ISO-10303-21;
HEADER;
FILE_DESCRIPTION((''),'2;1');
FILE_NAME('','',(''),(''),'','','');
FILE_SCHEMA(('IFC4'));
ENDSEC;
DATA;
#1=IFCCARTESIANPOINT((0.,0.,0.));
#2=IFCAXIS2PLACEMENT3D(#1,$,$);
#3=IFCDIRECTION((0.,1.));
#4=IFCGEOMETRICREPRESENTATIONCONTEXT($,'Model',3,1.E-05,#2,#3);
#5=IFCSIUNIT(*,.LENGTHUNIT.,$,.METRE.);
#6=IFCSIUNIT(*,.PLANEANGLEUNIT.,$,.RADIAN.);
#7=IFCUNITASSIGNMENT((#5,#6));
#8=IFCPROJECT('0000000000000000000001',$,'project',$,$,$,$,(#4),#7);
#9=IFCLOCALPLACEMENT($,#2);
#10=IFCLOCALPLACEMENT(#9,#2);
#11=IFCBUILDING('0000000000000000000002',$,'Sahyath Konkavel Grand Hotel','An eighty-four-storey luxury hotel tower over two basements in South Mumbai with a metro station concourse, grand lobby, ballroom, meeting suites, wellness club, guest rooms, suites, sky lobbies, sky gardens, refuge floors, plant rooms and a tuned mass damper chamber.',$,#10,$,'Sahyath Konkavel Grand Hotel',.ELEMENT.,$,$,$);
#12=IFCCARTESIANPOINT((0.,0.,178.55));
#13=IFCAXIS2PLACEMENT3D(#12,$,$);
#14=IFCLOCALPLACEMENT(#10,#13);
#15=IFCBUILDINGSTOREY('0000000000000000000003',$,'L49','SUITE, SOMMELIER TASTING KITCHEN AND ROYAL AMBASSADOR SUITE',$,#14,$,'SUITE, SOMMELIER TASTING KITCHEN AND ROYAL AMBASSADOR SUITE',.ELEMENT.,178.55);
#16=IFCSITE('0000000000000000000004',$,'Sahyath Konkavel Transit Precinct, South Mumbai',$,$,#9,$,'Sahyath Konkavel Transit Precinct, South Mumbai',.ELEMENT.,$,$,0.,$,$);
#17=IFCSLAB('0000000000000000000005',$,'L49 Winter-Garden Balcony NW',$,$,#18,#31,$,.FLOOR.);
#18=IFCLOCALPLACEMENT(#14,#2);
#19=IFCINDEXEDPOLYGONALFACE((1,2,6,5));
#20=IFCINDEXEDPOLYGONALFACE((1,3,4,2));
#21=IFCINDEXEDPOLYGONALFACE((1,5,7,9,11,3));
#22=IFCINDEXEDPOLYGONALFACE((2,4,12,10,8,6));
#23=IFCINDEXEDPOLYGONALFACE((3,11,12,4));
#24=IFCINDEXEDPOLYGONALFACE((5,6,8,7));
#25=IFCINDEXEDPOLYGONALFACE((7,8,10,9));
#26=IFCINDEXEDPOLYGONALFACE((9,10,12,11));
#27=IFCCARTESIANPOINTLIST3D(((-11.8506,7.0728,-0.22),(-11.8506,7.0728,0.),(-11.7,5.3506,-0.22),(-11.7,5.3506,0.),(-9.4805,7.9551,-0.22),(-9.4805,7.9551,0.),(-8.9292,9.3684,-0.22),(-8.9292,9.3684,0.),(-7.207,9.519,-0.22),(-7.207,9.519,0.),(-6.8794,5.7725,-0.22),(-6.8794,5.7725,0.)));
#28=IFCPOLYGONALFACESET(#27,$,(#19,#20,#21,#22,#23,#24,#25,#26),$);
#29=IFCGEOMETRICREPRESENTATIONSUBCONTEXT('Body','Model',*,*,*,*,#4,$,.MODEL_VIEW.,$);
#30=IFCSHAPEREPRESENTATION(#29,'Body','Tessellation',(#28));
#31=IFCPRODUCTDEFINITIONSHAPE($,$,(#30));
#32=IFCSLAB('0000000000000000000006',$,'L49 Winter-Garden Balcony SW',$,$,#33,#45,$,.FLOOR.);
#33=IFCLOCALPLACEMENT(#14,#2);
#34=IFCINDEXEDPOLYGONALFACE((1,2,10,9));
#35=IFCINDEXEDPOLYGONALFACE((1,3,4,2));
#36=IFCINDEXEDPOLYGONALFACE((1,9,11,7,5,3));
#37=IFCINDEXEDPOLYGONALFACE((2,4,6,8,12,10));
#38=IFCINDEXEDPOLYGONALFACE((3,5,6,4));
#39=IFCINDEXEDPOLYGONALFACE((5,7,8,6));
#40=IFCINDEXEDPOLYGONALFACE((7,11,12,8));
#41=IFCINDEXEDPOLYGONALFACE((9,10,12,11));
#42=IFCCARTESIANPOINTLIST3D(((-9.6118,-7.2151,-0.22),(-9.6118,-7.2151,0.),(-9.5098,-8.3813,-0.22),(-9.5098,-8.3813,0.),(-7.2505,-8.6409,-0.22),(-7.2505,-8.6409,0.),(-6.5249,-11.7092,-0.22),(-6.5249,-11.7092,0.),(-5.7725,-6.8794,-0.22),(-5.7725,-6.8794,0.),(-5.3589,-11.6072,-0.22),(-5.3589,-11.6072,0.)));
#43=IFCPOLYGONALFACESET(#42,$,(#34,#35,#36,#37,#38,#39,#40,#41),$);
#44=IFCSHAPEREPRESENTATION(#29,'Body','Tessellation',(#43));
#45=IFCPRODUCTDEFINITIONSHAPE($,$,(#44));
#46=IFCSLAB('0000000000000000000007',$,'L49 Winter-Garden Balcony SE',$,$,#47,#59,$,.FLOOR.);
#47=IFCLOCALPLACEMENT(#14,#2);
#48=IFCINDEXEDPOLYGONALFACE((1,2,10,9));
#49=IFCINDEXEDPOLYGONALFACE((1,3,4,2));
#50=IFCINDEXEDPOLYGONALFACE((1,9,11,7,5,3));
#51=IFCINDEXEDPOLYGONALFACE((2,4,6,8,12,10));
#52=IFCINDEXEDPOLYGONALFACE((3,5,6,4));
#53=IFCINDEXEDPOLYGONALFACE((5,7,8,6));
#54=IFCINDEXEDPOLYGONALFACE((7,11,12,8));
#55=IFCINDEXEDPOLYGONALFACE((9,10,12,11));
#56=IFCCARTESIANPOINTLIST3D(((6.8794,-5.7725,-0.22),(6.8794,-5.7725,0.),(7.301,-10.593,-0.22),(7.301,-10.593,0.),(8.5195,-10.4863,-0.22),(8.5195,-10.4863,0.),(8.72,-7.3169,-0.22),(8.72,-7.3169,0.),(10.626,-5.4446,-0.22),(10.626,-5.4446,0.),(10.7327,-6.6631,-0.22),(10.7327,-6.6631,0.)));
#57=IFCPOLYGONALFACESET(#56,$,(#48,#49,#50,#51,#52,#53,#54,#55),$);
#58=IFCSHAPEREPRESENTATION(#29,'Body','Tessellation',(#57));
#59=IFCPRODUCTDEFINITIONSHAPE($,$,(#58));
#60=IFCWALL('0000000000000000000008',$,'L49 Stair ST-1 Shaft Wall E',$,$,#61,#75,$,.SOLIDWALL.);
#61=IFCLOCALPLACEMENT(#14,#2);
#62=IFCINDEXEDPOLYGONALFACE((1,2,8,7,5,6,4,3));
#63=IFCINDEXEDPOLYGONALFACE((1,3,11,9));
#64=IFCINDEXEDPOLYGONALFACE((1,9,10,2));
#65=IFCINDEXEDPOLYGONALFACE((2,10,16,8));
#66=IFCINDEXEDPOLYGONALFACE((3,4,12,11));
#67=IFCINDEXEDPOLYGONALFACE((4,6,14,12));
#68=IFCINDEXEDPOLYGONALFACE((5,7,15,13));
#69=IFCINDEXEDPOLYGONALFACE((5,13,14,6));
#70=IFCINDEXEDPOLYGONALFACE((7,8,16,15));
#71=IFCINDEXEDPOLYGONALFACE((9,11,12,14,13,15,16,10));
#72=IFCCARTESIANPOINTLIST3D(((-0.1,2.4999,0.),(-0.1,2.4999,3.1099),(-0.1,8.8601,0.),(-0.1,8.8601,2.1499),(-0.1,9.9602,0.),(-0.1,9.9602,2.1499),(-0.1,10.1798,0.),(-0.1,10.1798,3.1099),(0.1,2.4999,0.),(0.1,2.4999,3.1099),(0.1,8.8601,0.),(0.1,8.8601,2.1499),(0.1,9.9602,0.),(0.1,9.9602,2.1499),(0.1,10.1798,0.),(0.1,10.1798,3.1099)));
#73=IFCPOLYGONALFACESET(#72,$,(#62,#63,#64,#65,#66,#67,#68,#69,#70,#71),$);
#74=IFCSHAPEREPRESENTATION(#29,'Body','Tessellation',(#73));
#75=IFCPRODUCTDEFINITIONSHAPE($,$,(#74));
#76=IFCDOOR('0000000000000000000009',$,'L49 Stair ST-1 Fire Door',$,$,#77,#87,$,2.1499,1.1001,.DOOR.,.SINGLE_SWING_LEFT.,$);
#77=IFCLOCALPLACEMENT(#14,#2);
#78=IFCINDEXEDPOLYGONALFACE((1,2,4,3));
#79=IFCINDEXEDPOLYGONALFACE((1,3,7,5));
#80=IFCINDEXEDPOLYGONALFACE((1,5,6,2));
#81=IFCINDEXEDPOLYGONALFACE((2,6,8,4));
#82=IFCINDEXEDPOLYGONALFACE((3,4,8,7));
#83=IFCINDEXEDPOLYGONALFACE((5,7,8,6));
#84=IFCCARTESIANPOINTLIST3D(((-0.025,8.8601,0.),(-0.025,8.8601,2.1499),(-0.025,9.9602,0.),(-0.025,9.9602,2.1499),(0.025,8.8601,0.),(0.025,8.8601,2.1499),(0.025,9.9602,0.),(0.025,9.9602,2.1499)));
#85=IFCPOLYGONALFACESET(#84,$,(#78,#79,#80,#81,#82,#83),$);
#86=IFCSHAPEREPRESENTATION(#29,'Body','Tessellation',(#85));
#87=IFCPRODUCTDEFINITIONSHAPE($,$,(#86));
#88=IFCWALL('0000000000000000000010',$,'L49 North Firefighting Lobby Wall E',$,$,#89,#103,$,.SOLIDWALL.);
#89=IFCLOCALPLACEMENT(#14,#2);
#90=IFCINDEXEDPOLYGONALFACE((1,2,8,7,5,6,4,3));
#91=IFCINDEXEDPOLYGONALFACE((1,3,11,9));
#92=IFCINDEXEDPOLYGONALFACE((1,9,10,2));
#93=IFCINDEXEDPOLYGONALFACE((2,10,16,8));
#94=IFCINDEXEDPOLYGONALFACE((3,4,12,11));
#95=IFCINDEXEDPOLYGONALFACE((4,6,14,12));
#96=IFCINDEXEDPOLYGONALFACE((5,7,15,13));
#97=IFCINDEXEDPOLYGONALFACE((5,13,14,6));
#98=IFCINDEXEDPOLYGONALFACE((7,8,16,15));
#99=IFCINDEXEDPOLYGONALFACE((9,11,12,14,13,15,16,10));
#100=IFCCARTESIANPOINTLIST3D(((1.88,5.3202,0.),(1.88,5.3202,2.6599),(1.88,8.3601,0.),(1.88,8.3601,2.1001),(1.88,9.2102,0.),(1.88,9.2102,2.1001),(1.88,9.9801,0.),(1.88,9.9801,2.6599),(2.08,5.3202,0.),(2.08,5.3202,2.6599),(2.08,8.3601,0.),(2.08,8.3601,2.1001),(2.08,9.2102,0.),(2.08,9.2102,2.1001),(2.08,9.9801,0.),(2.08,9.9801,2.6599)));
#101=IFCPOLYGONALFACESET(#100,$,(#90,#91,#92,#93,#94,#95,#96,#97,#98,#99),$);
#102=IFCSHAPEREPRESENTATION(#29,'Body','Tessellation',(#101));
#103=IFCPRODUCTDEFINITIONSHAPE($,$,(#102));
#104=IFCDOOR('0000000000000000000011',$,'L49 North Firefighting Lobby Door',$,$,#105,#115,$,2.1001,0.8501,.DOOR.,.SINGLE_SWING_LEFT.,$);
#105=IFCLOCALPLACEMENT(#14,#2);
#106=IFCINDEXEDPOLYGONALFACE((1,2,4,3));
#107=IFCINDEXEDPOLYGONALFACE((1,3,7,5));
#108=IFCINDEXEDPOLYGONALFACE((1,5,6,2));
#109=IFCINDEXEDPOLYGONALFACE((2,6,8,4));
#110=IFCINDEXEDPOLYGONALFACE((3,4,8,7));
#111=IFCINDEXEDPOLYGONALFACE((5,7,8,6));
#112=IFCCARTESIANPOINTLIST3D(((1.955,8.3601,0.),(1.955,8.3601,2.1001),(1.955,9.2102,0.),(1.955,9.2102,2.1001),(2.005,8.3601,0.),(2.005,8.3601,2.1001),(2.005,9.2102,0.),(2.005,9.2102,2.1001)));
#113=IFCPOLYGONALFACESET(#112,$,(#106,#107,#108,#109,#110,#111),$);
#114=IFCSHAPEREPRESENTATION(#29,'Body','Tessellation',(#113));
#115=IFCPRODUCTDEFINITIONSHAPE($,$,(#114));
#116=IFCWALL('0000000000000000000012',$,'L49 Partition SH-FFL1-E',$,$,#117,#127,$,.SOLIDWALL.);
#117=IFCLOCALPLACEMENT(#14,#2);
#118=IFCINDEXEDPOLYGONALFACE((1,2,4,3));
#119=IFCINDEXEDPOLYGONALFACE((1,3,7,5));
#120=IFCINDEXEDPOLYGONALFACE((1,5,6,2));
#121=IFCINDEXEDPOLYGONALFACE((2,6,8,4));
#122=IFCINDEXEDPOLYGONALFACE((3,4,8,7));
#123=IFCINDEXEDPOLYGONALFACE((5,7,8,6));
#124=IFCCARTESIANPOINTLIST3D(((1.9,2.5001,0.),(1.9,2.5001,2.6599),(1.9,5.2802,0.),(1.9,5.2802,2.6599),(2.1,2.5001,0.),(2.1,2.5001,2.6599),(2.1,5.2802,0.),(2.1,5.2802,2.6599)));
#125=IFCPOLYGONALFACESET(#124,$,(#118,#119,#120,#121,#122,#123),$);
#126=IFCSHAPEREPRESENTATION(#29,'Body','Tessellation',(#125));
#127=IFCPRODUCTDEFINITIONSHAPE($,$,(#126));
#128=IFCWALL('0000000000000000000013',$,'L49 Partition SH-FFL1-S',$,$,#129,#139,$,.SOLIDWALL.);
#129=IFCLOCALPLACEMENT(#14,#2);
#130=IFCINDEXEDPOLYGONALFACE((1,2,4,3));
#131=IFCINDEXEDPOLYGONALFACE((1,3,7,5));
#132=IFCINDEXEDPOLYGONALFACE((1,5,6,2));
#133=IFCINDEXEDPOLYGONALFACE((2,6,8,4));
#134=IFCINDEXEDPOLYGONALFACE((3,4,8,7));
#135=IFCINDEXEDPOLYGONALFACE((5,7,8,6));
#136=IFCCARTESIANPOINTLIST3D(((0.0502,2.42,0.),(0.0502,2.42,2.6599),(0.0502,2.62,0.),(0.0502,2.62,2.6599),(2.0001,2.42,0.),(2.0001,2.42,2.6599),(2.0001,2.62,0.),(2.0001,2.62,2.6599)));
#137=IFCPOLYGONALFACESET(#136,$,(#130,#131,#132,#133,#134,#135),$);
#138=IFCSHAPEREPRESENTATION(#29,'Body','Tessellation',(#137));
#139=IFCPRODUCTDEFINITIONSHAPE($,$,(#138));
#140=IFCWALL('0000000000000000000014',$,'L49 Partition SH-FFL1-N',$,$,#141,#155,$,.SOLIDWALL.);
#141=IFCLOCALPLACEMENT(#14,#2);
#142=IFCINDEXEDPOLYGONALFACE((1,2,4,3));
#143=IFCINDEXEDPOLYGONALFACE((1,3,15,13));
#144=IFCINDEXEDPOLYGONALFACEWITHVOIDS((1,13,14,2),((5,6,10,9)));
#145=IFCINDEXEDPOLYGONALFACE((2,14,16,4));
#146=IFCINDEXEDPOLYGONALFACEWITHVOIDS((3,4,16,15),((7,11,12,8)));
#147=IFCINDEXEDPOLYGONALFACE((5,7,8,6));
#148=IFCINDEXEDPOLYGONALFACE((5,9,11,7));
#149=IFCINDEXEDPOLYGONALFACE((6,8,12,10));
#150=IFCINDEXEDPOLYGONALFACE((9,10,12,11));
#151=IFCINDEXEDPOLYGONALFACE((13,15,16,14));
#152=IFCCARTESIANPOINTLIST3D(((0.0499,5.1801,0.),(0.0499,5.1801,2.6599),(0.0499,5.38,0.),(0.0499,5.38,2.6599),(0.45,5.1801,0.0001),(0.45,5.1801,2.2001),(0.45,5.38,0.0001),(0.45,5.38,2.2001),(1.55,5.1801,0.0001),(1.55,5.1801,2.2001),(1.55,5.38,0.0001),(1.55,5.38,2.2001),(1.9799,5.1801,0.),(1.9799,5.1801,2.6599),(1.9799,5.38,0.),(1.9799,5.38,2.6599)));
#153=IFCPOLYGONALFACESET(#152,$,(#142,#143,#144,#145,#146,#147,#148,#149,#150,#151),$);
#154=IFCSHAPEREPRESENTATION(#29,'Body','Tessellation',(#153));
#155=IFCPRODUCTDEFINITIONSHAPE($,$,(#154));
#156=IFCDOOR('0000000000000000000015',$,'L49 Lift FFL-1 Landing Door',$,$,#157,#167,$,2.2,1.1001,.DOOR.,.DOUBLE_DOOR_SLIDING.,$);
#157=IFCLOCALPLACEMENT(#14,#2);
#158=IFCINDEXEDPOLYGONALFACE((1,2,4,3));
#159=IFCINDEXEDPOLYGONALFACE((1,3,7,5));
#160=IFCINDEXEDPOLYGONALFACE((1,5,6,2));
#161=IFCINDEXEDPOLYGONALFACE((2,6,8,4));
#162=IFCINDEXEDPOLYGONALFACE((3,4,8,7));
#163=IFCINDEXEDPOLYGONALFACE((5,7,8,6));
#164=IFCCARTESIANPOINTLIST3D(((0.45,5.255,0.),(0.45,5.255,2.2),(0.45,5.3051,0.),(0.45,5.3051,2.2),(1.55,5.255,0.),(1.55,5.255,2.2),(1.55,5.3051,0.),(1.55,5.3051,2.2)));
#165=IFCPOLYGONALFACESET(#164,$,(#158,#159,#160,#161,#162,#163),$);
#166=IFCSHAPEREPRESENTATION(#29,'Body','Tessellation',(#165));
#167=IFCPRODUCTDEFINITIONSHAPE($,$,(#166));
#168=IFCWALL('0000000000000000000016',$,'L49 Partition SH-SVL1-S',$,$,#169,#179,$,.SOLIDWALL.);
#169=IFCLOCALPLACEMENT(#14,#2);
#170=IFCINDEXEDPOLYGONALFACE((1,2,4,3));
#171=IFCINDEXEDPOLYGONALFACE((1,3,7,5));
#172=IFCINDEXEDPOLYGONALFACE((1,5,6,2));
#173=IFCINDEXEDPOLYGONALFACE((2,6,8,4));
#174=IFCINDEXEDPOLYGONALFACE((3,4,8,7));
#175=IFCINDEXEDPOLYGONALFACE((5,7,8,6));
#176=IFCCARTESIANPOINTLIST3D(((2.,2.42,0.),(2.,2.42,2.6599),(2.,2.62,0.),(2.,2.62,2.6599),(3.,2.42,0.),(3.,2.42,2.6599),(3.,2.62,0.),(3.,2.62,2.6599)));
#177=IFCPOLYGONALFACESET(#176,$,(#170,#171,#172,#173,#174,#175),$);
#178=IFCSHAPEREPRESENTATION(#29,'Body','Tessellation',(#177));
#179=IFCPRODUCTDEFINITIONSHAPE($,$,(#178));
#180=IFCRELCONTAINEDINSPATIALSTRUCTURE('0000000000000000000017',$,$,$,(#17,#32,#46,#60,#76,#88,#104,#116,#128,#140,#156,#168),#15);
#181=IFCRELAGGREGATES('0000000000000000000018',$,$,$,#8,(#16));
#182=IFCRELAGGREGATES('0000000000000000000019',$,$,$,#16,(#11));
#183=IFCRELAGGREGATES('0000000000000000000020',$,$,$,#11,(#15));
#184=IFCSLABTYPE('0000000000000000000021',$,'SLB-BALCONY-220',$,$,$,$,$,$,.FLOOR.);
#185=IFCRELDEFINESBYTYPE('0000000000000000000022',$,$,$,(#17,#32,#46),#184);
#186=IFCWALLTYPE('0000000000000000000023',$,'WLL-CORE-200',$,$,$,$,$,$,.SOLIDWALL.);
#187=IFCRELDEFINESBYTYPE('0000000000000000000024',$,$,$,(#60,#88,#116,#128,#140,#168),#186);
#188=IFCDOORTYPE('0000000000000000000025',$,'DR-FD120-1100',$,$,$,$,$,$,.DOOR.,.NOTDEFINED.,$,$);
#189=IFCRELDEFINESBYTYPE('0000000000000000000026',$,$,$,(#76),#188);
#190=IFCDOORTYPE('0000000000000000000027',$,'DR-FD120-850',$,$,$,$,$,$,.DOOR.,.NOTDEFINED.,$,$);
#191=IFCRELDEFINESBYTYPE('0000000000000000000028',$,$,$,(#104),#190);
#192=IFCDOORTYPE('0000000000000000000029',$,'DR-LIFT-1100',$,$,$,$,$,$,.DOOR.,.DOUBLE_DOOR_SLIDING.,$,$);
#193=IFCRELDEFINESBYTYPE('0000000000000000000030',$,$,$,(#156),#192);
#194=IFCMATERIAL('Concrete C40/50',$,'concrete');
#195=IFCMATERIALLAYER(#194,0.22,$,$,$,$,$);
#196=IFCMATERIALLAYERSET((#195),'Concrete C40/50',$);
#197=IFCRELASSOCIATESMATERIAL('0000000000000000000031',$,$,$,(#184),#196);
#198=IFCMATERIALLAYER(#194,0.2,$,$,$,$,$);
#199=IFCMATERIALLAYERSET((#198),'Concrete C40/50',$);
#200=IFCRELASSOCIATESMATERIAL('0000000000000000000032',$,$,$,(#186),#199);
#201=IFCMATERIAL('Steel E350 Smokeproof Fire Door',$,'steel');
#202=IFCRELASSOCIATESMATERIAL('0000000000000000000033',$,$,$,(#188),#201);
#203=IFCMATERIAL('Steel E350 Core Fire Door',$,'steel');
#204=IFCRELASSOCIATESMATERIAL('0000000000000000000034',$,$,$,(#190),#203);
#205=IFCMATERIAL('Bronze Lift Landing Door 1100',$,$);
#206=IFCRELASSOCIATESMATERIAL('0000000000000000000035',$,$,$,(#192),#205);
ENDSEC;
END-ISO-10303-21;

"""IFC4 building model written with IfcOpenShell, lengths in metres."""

from ifc_helpers import new_model, si_unit, direction, frame, frame_2d, origin, origin_2d, place, context, subcontext, project, spatial, polyline, rectangle, outline, extrude, source, transform, mapped, material, layer, layer_set, type_object, element, fill, save


model = new_model("IFC4")

# Units and contexts
model_context = context("Model", 3, precision=1e-05, world=origin(), true_north=direction((0.0, 1.0)))
body_context = subcontext(model_context, "Body", "Model", "MODEL_VIEW")
ifc_project = project(units=[si_unit("LENGTHUNIT", "METRE"), si_unit("PLANEANGLEUNIT", "RADIAN")], contexts=[model_context])

# Site, building, storey
site_placement = place(None, origin())
site = spatial("IfcSite", under=ifc_project, at=site_placement, Name="Sahyath Konkavel Transit Precinct, South Mumbai", LongName="Sahyath Konkavel Transit Precinct, South Mumbai", CompositionType="ELEMENT", RefElevation=0.0)
building_placement = place(site_placement, origin())
building = spatial("IfcBuilding", under=site, at=building_placement, Name="Sahyath Konkavel Grand Hotel", Description="An eighty-four-storey luxury hotel tower over two basements in South Mumbai with a metro station concourse, grand lobby, ballroom, meeting suites, wellness club, guest rooms, suites, sky lobbies, sky gardens, refuge floors, plant rooms and a tuned mass damper chamber.", LongName="Sahyath Konkavel Grand Hotel", CompositionType="ELEMENT")
storey_placement = place(building_placement, frame((0.0, 0.0, 178.55)))
storey = spatial("IfcBuildingStorey", under=building, at=storey_placement, Name="L49", Description="SUITE, SOMMELIER TASTING KITCHEN AND ROYAL AMBASSADOR SUITE", LongName="SUITE, SOMMELIER TASTING KITCHEN AND ROYAL AMBASSADOR SUITE", CompositionType="ELEMENT", Elevation=178.55)

# Slabs
ifc_material_1 = material(Name="Concrete C40/50", Category="concrete")
ifc_layer_1 = layer(ifc_material_1, 0.22)
ifc_layer_set_1 = layer_set([ifc_layer_1], Name="Concrete C40/50")
slab_type = type_object("IfcSlabType", Name="SLB-BALCONY-220", PredefinedType="FLOOR", material=ifc_layer_set_1)
slab_1_placement = place(storey_placement, frame((0.0, 0.0, -0.22)))
element("IfcSlab", 1, at=slab_1_placement, inside=storey, type_object=slab_type, Name="L49 Winter-Garden Balcony NW", PredefinedType="FLOOR", context=body_context, shape_type="SweptSolid", body=[
    extrude(outline(polyline([(-6.8794, 5.7725), (-7.207, 9.519), (-8.9292, 9.3684), (-9.4805, 7.9551), (-11.8506, 7.0728), (-11.7, 5.3506), (-6.8794, 5.7725)])), origin(), (0.0, 0.0, 1.0), 0.22),
])
slab_2_placement = place(storey_placement, frame((0.0, 0.0, -0.22)))
element("IfcSlab", 2, at=slab_2_placement, inside=storey, type_object=slab_type, Name="L49 Winter-Garden Balcony SW", PredefinedType="FLOOR", context=body_context, shape_type="SweptSolid", body=[
    extrude(outline(polyline([(-5.7725, -6.8794), (-9.6118, -7.2151), (-9.5098, -8.3813), (-7.2505, -8.6409), (-6.5249, -11.7092), (-5.3589, -11.6072), (-5.7725, -6.8794)])), origin(), (0.0, 0.0, 1.0), 0.22),
])
slab_3_placement = place(storey_placement, frame((0.0, 0.0, -0.22)))
element("IfcSlab", 3, at=slab_3_placement, inside=storey, type_object=slab_type, Name="L49 Winter-Garden Balcony SE", PredefinedType="FLOOR", context=body_context, shape_type="SweptSolid", body=[
    extrude(outline(polyline([(6.8794, -5.7725), (7.301, -10.593), (8.5195, -10.4863), (8.72, -7.3169), (10.7327, -6.6631), (10.626, -5.4446), (6.8794, -5.7725)])), origin(), (0.0, 0.0, 1.0), 0.22),
])

# Walls, openings, doors
ifc_layer_2 = layer(ifc_material_1, 0.2)
ifc_layer_set_2 = layer_set([ifc_layer_2], Name="Concrete C40/50")
wall_type_1 = type_object("IfcWallType", Name="WLL-CORE-200", PredefinedType="SOLIDWALL", material=ifc_layer_set_2)
wall_1_placement = place(storey_placement, frame((0.0, 2.5, 0.0), z_axis=(0.0, 0.0, 1.0), x_axis=(0.0, 1.0, 0.0)))
wall_1 = element("IfcWall", 4, at=wall_1_placement, inside=storey, type_object=wall_type_1, Name="L49 Stair ST-1 Shaft Wall E", PredefinedType="SOLIDWALL", context=body_context, shape_type="SweptSolid", body=[
    extrude(rectangle(XDim=7.6799, YDim=0.2, at=frame_2d((3.8398, 0.0))), origin(), (0.0, 0.0, 1.0), 3.1099),
])
opening_1_placement = place(wall_1_placement, frame((6.3601, 0.0, 0.0)))
opening_1 = element("IfcOpeningElement", 5, at=opening_1_placement, cuts=wall_1, PredefinedType="OPENING", context=body_context, shape_type="SweptSolid", body=[
    extrude(rectangle(XDim=1.1001, YDim=2.1499, at=frame_2d((0.55, 1.075))), frame((0.0, 0.1099, 0.0), z_axis=(0.0, -1.0, 0.0), x_axis=(1.0, 0.0, 0.0)), (0.0, 0.0, 1.0), 0.22),
])
ifc_material_2 = material(Name="Steel E350 Smokeproof Fire Door", Category="steel")
door_type_1 = type_object("IfcDoorType", Name="DR-FD120-1100", OperationType="NOTDEFINED", PredefinedType="DOOR", material=ifc_material_2)
shared_shape_1 = source(origin(), body_context, "Body", "SweptSolid", [
    extrude(rectangle(XDim=1.1001, YDim=0.05, at=origin_2d()), origin(), (0.0, 0.0, 1.0), 2.1499),
])
door_1_placement = place(opening_1_placement, frame((0.55, 0.0, 0.0)))
door_1 = element("IfcDoor", 6, at=door_1_placement, inside=storey, type_object=door_type_1, Name="L49 Stair ST-1 Fire Door", OperationType="SINGLE_SWING_LEFT", OverallHeight=2.1499, OverallWidth=1.1001, PredefinedType="DOOR", context=body_context, shape_type="MappedRepresentation", body=[
    mapped(shared_shape_1, transform((0.0, 0.0, 0.0), scale=1.0)),
])
fill(opening_1, door_1)
wall_2_placement = place(storey_placement, frame((1.98, 5.3201, 0.0), z_axis=(0.0, 0.0, 1.0), x_axis=(0.0, 1.0, 0.0)))
wall_2 = element("IfcWall", 7, at=wall_2_placement, inside=storey, type_object=wall_type_1, Name="L49 North Firefighting Lobby Wall E", PredefinedType="SOLIDWALL", context=body_context, shape_type="SweptSolid", body=[
    extrude(rectangle(XDim=4.6599, YDim=0.2, at=frame_2d((2.3301, 0.0))), origin(), (0.0, 0.0, 1.0), 2.6599),
])
opening_2_placement = place(wall_2_placement, frame((3.04, 0.0, 0.0)))
opening_2 = element("IfcOpeningElement", 8, at=opening_2_placement, cuts=wall_2, PredefinedType="OPENING", context=body_context, shape_type="SweptSolid", body=[
    extrude(rectangle(XDim=0.8501, YDim=2.1001, at=frame_2d((0.425, 1.05))), frame((0.0, 0.1099, 0.0), z_axis=(0.0, -1.0, 0.0), x_axis=(1.0, 0.0, 0.0)), (0.0, 0.0, 1.0), 0.22),
])
ifc_material_3 = material(Name="Steel E350 Core Fire Door", Category="steel")
door_type_2 = type_object("IfcDoorType", Name="DR-FD120-850", OperationType="NOTDEFINED", PredefinedType="DOOR", material=ifc_material_3)
shared_shape_2 = source(origin(), body_context, "Body", "SweptSolid", [
    extrude(rectangle(XDim=0.8501, YDim=0.05, at=origin_2d()), origin(), (0.0, 0.0, 1.0), 2.1001),
])
door_2_placement = place(opening_2_placement, frame((0.425, 0.0, 0.0)))
door_2 = element("IfcDoor", 9, at=door_2_placement, inside=storey, type_object=door_type_2, Name="L49 North Firefighting Lobby Door", OperationType="SINGLE_SWING_LEFT", OverallHeight=2.1001, OverallWidth=0.8501, PredefinedType="DOOR", context=body_context, shape_type="MappedRepresentation", body=[
    mapped(shared_shape_2, transform((0.0, 0.0, 0.0), scale=1.0)),
])
fill(opening_2, door_2)

# Walls
wall_3_placement = place(storey_placement, frame((2.0, 2.5, 0.0), z_axis=(0.0, 0.0, 1.0), x_axis=(0.0, 1.0, 0.0)))
element("IfcWall", 10, at=wall_3_placement, inside=storey, type_object=wall_type_1, Name="L49 Partition SH-FFL1-E", PredefinedType="SOLIDWALL", context=body_context, shape_type="SweptSolid", body=[
    extrude(rectangle(XDim=2.78, YDim=0.2, at=frame_2d((1.3901, 0.0))), origin(), (0.0, 0.0, 1.0), 2.6599),
])
wall_4_placement = place(storey_placement, frame((0.05, 2.52, 0.0), z_axis=(0.0, 0.0, 1.0), x_axis=(1.0, 0.0, 0.0)))
element("IfcWall", 11, at=wall_4_placement, inside=storey, type_object=wall_type_1, Name="L49 Partition SH-FFL1-S", PredefinedType="SOLIDWALL", context=body_context, shape_type="SweptSolid", body=[
    extrude(rectangle(XDim=1.95, YDim=0.2, at=frame_2d((0.9751, 0.0))), origin(), (0.0, 0.0, 1.0), 2.6599),
])

# Wall, opening, door
wall_5_placement = place(storey_placement, frame((0.05, 5.28, 0.0), z_axis=(0.0, 0.0, 1.0), x_axis=(1.0, 0.0, 0.0)))
wall_5 = element("IfcWall", 12, at=wall_5_placement, inside=storey, type_object=wall_type_1, Name="L49 Partition SH-FFL1-N", PredefinedType="SOLIDWALL", context=body_context, shape_type="SweptSolid", body=[
    extrude(rectangle(XDim=1.9299, YDim=0.2, at=frame_2d((0.9648, 0.0))), origin(), (0.0, 0.0, 1.0), 2.6599),
])
opening_3_placement = place(wall_5_placement, frame((0.3999, 0.0, 0.0)))
opening_3 = element("IfcOpeningElement", 13, at=opening_3_placement, cuts=wall_5, PredefinedType="OPENING", context=body_context, shape_type="SweptSolid", body=[
    extrude(rectangle(XDim=1.1001, YDim=2.2, at=frame_2d((0.55, 1.1001))), frame((0.0, 0.1099, 0.0), z_axis=(0.0, -1.0, 0.0), x_axis=(1.0, 0.0, 0.0)), (0.0, 0.0, 1.0), 0.22),
])
ifc_material_4 = material(Name="Bronze Lift Landing Door 1100")
door_type_3 = type_object("IfcDoorType", Name="DR-LIFT-1100", OperationType="DOUBLE_DOOR_SLIDING", PredefinedType="DOOR", material=ifc_material_4)
shared_shape_3 = source(origin(), body_context, "Body", "SweptSolid", [
    extrude(rectangle(XDim=1.1001, YDim=0.05, at=origin_2d()), origin(), (0.0, 0.0, 1.0), 2.2),
])
door_3_placement = place(opening_3_placement, frame((0.55, 0.0, 0.0)))
door_3 = element("IfcDoor", 14, at=door_3_placement, inside=storey, type_object=door_type_3, Name="L49 Lift FFL-1 Landing Door", OperationType="DOUBLE_DOOR_SLIDING", OverallHeight=2.2, OverallWidth=1.1001, PredefinedType="DOOR", context=body_context, shape_type="MappedRepresentation", body=[
    mapped(shared_shape_3, transform((0.0, 0.0, 0.0), scale=1.0)),
])
fill(opening_3, door_3)

# Wall
wall_6_placement = place(storey_placement, frame((2.0, 2.52, 0.0), z_axis=(0.0, 0.0, 1.0), x_axis=(1.0, 0.0, 0.0)))
element("IfcWall", 15, at=wall_6_placement, inside=storey, type_object=wall_type_1, Name="L49 Partition SH-SVL1-S", PredefinedType="SOLIDWALL", context=body_context, shape_type="SweptSolid", body=[
    extrude(rectangle(XDim=1.0, YDim=0.2, at=frame_2d((0.5, 0.0))), origin(), (0.0, 0.0, 1.0), 2.6599),
])

save(model, "model.ifc")
